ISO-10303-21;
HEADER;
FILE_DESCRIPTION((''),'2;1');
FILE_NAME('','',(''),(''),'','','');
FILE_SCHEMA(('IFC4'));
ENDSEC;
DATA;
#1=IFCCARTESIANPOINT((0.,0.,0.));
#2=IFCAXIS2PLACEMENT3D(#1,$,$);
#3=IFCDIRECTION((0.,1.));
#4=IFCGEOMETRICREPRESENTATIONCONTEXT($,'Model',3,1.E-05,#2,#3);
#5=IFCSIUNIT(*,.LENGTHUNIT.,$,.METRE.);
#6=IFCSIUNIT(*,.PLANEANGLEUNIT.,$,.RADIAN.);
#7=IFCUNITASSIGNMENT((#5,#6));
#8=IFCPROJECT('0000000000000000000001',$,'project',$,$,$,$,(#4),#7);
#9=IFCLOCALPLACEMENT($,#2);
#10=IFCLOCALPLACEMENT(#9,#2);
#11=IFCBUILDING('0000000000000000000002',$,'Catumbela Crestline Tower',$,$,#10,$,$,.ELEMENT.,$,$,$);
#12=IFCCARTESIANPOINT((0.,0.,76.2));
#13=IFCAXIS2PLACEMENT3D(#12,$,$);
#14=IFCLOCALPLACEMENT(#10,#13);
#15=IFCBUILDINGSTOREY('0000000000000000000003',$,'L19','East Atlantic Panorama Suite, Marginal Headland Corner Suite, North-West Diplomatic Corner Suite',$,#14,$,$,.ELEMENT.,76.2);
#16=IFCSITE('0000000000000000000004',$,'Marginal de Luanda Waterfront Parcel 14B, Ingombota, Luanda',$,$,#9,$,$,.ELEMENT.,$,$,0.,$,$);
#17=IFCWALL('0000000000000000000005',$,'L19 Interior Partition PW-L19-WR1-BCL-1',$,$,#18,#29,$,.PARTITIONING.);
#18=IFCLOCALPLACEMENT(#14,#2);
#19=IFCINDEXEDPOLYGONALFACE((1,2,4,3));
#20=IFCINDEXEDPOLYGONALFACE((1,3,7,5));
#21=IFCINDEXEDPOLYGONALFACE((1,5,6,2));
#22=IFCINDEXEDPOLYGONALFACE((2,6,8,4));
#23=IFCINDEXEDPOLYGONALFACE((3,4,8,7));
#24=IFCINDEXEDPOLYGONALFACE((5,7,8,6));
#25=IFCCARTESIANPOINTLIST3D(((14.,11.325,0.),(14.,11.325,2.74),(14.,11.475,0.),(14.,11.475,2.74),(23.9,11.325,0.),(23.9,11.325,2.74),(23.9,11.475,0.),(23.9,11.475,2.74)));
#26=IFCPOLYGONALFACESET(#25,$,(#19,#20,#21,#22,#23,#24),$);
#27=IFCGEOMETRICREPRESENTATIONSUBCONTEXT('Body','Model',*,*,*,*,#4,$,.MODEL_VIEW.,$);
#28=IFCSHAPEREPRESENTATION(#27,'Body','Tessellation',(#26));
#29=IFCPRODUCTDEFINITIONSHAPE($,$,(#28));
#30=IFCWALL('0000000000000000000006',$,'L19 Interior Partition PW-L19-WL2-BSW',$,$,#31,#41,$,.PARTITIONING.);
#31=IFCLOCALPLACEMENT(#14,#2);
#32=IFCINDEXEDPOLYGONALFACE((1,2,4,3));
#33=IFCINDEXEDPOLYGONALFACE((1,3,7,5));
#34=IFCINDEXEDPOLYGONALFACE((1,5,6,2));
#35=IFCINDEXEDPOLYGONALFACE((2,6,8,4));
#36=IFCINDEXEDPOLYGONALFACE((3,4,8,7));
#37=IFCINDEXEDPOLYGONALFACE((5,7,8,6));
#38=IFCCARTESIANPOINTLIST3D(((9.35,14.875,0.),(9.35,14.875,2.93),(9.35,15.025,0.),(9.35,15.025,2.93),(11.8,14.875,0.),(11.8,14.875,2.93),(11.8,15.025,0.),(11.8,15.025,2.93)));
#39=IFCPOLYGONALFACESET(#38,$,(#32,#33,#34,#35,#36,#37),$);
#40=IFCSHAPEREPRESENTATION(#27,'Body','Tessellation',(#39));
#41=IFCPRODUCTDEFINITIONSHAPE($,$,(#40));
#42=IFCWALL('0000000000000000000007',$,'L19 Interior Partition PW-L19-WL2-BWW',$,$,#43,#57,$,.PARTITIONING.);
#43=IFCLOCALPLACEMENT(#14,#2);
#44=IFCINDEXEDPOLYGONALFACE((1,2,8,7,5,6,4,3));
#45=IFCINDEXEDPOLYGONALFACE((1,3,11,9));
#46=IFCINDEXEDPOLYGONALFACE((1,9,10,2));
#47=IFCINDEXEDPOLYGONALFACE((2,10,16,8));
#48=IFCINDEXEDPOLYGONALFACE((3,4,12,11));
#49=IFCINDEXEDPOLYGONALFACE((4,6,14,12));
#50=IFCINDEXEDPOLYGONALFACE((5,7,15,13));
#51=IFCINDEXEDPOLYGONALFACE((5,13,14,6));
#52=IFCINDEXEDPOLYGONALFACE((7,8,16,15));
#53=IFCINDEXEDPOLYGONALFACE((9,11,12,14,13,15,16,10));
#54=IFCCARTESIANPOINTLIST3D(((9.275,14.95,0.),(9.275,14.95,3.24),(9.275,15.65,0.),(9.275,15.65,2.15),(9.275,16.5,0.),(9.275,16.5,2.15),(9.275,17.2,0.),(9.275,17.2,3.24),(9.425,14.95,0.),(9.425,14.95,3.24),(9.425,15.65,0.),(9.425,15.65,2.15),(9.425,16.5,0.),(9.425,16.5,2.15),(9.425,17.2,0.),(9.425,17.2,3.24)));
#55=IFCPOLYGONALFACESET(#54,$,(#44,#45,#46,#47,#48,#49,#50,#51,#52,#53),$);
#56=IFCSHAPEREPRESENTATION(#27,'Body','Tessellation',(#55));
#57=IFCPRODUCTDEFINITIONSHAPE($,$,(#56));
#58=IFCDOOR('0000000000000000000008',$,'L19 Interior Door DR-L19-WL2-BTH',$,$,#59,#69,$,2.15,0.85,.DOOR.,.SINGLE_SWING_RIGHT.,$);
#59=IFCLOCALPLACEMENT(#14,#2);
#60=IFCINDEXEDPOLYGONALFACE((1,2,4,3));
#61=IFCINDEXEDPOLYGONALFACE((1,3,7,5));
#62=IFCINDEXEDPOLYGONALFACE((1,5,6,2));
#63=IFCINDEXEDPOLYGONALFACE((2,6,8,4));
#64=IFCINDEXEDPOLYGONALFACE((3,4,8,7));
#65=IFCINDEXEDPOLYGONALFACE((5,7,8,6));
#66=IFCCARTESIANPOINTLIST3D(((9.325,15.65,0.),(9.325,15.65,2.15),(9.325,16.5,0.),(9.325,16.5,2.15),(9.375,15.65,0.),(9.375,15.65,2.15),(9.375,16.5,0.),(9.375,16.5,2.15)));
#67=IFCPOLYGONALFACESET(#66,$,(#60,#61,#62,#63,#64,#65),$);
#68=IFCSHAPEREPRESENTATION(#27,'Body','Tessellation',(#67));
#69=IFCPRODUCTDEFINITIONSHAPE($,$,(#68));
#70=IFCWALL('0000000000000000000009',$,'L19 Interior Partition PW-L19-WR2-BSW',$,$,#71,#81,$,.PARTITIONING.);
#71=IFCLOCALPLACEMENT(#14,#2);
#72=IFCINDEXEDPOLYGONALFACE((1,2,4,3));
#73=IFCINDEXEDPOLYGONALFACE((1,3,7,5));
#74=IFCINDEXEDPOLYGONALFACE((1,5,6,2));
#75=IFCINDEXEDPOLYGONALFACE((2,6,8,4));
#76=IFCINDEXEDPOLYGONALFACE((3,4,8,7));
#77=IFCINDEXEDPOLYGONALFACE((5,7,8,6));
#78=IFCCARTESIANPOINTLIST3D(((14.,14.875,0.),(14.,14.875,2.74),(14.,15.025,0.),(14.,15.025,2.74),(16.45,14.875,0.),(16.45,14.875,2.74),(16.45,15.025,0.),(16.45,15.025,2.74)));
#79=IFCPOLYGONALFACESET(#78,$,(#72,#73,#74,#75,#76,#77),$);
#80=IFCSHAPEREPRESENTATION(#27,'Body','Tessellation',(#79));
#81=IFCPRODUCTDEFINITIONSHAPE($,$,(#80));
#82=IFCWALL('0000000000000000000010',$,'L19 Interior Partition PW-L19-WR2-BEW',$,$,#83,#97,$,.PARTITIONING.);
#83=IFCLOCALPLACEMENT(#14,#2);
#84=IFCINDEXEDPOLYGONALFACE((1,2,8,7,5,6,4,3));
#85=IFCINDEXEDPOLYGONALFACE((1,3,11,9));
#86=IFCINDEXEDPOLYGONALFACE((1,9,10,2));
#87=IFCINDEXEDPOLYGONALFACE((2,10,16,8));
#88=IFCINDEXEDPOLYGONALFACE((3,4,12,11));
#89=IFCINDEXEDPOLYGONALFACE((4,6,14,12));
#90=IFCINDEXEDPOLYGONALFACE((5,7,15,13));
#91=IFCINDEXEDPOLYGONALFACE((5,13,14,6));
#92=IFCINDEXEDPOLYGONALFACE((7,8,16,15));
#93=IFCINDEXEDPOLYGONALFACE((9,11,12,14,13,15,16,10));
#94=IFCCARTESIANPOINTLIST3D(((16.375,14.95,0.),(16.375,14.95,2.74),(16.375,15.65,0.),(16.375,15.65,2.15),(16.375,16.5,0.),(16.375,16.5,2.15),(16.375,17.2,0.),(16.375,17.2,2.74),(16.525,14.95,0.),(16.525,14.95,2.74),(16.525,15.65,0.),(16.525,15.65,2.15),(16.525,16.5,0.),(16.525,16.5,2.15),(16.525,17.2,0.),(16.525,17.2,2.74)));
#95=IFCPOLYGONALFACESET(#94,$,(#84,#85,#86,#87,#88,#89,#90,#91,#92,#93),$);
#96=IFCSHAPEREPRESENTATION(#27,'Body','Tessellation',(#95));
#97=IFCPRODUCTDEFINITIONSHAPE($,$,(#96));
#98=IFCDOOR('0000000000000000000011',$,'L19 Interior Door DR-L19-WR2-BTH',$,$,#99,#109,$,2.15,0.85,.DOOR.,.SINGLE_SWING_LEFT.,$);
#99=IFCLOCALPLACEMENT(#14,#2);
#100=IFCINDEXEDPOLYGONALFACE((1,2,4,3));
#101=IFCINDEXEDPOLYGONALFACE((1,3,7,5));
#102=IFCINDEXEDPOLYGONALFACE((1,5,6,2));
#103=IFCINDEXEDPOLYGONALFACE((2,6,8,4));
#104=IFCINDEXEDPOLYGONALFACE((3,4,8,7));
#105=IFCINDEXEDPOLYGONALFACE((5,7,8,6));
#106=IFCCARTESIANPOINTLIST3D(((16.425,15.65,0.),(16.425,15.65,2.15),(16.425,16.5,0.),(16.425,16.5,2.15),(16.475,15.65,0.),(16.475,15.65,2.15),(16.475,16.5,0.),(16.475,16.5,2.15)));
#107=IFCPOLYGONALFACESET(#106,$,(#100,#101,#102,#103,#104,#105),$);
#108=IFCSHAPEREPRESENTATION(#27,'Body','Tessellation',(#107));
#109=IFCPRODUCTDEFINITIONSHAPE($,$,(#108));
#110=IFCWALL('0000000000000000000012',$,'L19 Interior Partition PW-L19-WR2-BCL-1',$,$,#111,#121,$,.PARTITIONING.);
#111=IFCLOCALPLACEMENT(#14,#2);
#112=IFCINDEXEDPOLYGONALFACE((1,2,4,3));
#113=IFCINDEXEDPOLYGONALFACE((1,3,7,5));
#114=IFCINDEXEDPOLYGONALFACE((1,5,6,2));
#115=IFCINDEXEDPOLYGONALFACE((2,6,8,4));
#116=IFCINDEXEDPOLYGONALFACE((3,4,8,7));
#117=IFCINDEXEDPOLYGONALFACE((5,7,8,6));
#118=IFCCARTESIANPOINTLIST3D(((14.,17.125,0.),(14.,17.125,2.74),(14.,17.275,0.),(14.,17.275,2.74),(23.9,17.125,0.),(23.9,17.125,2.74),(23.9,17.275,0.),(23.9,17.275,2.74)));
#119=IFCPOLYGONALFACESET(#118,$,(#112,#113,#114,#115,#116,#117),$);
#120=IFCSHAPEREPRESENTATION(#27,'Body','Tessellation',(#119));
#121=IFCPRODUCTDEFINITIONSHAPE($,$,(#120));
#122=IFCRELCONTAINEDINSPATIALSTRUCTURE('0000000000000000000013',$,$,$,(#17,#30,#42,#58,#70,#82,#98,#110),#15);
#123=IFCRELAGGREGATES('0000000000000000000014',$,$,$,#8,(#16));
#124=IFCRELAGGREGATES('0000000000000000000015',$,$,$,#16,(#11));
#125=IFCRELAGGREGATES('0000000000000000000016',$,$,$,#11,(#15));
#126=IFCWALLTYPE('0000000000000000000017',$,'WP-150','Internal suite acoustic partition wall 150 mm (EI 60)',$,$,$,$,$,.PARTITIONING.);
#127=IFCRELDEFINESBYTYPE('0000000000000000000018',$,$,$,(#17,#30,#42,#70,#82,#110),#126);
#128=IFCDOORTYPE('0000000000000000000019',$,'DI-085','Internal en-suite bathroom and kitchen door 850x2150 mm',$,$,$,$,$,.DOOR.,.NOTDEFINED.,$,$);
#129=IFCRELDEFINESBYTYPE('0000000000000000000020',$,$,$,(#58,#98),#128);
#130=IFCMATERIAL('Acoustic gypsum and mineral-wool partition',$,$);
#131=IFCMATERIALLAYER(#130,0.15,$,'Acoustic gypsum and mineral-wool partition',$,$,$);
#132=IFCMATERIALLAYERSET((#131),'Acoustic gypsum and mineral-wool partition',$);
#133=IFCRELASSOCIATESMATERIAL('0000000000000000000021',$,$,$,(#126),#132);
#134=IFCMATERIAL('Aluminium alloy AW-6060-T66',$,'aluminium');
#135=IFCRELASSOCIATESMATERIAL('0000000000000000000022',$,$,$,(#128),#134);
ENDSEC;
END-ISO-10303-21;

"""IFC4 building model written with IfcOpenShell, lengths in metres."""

from ifc_helpers import new_model, si_unit, direction, frame, frame_2d, origin, place, context, subcontext, project, spatial, rectangle, extrude, material, layer, layer_set, type_object, element, fill, save


model = new_model("IFC4")

# Units and contexts
model_context = context("Model", 3, precision=1e-05, world=origin(), true_north=direction((0.0, 1.0)))
body_context = subcontext(model_context, "Body", "Model", "MODEL_VIEW")
ifc_project = project(units=[si_unit("LENGTHUNIT", "METRE"), si_unit("PLANEANGLEUNIT", "RADIAN")], contexts=[model_context])

# Site, building, storey
site_placement = place(None, origin())
site = spatial("IfcSite", under=ifc_project, at=site_placement, Name="Marginal de Luanda Waterfront Parcel 14B, Ingombota, Luanda", CompositionType="ELEMENT", RefElevation=0.0)
building_placement = place(site_placement, origin())
building = spatial("IfcBuilding", under=site, at=building_placement, Name="Catumbela Crestline Tower", CompositionType="ELEMENT")
storey_placement = place(building_placement, frame((0.0, 0.0, 76.2)))
storey = spatial("IfcBuildingStorey", under=building, at=storey_placement, Name="L19", Description="East Atlantic Panorama Suite, Marginal Headland Corner Suite, North-West Diplomatic Corner Suite", CompositionType="ELEMENT", Elevation=76.2)

# Shared definitions
ifc_material_1 = material(Name="Acoustic gypsum and mineral-wool partition")
ifc_layer = layer(ifc_material_1, 0.15, Name="Acoustic gypsum and mineral-wool partition")
ifc_layer_set = layer_set([ifc_layer], Name="Acoustic gypsum and mineral-wool partition")
wall_type = type_object("IfcWallType", Name="WP-150", Description="Internal suite acoustic partition wall 150 mm (EI 60)", PredefinedType="PARTITIONING", material=ifc_layer_set)

# Shared definitions
ifc_material_2 = material(Name="Aluminium alloy AW-6060-T66", Category="aluminium")
door_type = type_object("IfcDoorType", Name="DI-085", Description="Internal en-suite bathroom and kitchen door 850x2150 mm", OperationType="NOTDEFINED", PredefinedType="DOOR", material=ifc_material_2)

# Walls
wall_1_placement = place(storey_placement, frame((14.0, 11.4, 0.0), z_axis=(0.0, 0.0, 1.0), x_axis=(1.0, 0.0, 0.0)))
element("IfcWall", 1, at=wall_1_placement, inside=storey, type_object=wall_type, Name="L19 Interior Partition PW-L19-WR1-BCL-1", PredefinedType="PARTITIONING", context=body_context, shape_type="SweptSolid", body=[
    extrude(rectangle(XDim=9.9, YDim=0.15, at=frame_2d((4.95, 0.0))), origin(), (0.0, 0.0, 1.0), 2.74),
])
wall_2_placement = place(storey_placement, frame((9.35, 14.95, 0.0), z_axis=(0.0, 0.0, 1.0), x_axis=(1.0, 0.0, 0.0)))
element("IfcWall", 2, at=wall_2_placement, inside=storey, type_object=wall_type, Name="L19 Interior Partition PW-L19-WL2-BSW", PredefinedType="PARTITIONING", context=body_context, shape_type="SweptSolid", body=[
    extrude(rectangle(XDim=2.45, YDim=0.15, at=frame_2d((1.225, 0.0))), origin(), (0.0, 0.0, 1.0), 2.93),
])

# Wall, opening, door
wall_3_placement = place(storey_placement, frame((9.35, 14.95, 0.0), z_axis=(0.0, 0.0, 1.0), x_axis=(0.0, 1.0, 0.0)))
wall_3 = element("IfcWall", 3, at=wall_3_placement, inside=storey, type_object=wall_type, Name="L19 Interior Partition PW-L19-WL2-BWW", PredefinedType="PARTITIONING", context=body_context, shape_type="SweptSolid", body=[
    extrude(rectangle(XDim=2.25, YDim=0.15, at=frame_2d((1.125, 0.0))), origin(), (0.0, 0.0, 1.0), 3.24),
])
opening_1_placement = place(wall_3_placement, frame((0.7, 0.0, 0.0)))
opening_1 = element("IfcOpeningElement", 4, at=opening_1_placement, cuts=wall_3, PredefinedType="OPENING", context=body_context, shape_type="SweptSolid", body=[
    extrude(rectangle(XDim=0.85, YDim=2.15, at=frame_2d((0.425, 1.075))), frame((0.0, 0.085, 0.0), z_axis=(0.0, -1.0, 0.0), x_axis=(1.0, 0.0, 0.0)), (0.0, 0.0, 1.0), 0.17),
])
door_1_placement = place(opening_1_placement, origin())
door_1 = element("IfcDoor", 5, at=door_1_placement, inside=storey, type_object=door_type, Name="L19 Interior Door DR-L19-WL2-BTH", OperationType="SINGLE_SWING_RIGHT", OverallHeight=2.15, OverallWidth=0.85, PredefinedType="DOOR", context=body_context, shape_type="SweptSolid", body=[
    extrude(rectangle(XDim=0.85, YDim=2.15, at=frame_2d((0.425, 1.075))), frame((0.0, 0.025, 0.0), z_axis=(0.0, -1.0, 0.0), x_axis=(1.0, 0.0, 0.0)), (0.0, 0.0, 1.0), 0.05),
])
fill(opening_1, door_1)

# Wall
wall_4_placement = place(storey_placement, frame((14.0, 14.95, 0.0), z_axis=(0.0, 0.0, 1.0), x_axis=(1.0, 0.0, 0.0)))
element("IfcWall", 6, at=wall_4_placement, inside=storey, type_object=wall_type, Name="L19 Interior Partition PW-L19-WR2-BSW", PredefinedType="PARTITIONING", context=body_context, shape_type="SweptSolid", body=[
    extrude(rectangle(XDim=2.45, YDim=0.15, at=frame_2d((1.225, 0.0))), origin(), (0.0, 0.0, 1.0), 2.74),
])

# Wall, opening, door
wall_5_placement = place(storey_placement, frame((16.45, 14.95, 0.0), z_axis=(0.0, 0.0, 1.0), x_axis=(0.0, 1.0, 0.0)))
wall_5 = element("IfcWall", 7, at=wall_5_placement, inside=storey, type_object=wall_type, Name="L19 Interior Partition PW-L19-WR2-BEW", PredefinedType="PARTITIONING", context=body_context, shape_type="SweptSolid", body=[
    extrude(rectangle(XDim=2.25, YDim=0.15, at=frame_2d((1.125, 0.0))), origin(), (0.0, 0.0, 1.0), 2.74),
])
opening_2_placement = place(wall_5_placement, frame((0.7, 0.0, 0.0)))
opening_2 = element("IfcOpeningElement", 8, at=opening_2_placement, cuts=wall_5, PredefinedType="OPENING", context=body_context, shape_type="SweptSolid", body=[
    extrude(rectangle(XDim=0.85, YDim=2.15, at=frame_2d((0.425, 1.075))), frame((0.0, 0.085, 0.0), z_axis=(0.0, -1.0, 0.0), x_axis=(1.0, 0.0, 0.0)), (0.0, 0.0, 1.0), 0.17),
])
door_2_placement = place(opening_2_placement, origin())
door_2 = element("IfcDoor", 9, at=door_2_placement, inside=storey, type_object=door_type, Name="L19 Interior Door DR-L19-WR2-BTH", OperationType="SINGLE_SWING_LEFT", OverallHeight=2.15, OverallWidth=0.85, PredefinedType="DOOR", context=body_context, shape_type="SweptSolid", body=[
    extrude(rectangle(XDim=0.85, YDim=2.15, at=frame_2d((0.425, 1.075))), frame((0.0, 0.025, 0.0), z_axis=(0.0, -1.0, 0.0), x_axis=(1.0, 0.0, 0.0)), (0.0, 0.0, 1.0), 0.05),
])
fill(opening_2, door_2)

# Wall
wall_6_placement = place(storey_placement, frame((14.0, 17.2, 0.0), z_axis=(0.0, 0.0, 1.0), x_axis=(1.0, 0.0, 0.0)))
element("IfcWall", 10, at=wall_6_placement, inside=storey, type_object=wall_type, Name="L19 Interior Partition PW-L19-WR2-BCL-1", PredefinedType="PARTITIONING", context=body_context, shape_type="SweptSolid", body=[
    extrude(rectangle(XDim=9.9, YDim=0.15, at=frame_2d((4.95, 0.0))), origin(), (0.0, 0.0, 1.0), 2.74),
])

save(model, "model.ifc")
